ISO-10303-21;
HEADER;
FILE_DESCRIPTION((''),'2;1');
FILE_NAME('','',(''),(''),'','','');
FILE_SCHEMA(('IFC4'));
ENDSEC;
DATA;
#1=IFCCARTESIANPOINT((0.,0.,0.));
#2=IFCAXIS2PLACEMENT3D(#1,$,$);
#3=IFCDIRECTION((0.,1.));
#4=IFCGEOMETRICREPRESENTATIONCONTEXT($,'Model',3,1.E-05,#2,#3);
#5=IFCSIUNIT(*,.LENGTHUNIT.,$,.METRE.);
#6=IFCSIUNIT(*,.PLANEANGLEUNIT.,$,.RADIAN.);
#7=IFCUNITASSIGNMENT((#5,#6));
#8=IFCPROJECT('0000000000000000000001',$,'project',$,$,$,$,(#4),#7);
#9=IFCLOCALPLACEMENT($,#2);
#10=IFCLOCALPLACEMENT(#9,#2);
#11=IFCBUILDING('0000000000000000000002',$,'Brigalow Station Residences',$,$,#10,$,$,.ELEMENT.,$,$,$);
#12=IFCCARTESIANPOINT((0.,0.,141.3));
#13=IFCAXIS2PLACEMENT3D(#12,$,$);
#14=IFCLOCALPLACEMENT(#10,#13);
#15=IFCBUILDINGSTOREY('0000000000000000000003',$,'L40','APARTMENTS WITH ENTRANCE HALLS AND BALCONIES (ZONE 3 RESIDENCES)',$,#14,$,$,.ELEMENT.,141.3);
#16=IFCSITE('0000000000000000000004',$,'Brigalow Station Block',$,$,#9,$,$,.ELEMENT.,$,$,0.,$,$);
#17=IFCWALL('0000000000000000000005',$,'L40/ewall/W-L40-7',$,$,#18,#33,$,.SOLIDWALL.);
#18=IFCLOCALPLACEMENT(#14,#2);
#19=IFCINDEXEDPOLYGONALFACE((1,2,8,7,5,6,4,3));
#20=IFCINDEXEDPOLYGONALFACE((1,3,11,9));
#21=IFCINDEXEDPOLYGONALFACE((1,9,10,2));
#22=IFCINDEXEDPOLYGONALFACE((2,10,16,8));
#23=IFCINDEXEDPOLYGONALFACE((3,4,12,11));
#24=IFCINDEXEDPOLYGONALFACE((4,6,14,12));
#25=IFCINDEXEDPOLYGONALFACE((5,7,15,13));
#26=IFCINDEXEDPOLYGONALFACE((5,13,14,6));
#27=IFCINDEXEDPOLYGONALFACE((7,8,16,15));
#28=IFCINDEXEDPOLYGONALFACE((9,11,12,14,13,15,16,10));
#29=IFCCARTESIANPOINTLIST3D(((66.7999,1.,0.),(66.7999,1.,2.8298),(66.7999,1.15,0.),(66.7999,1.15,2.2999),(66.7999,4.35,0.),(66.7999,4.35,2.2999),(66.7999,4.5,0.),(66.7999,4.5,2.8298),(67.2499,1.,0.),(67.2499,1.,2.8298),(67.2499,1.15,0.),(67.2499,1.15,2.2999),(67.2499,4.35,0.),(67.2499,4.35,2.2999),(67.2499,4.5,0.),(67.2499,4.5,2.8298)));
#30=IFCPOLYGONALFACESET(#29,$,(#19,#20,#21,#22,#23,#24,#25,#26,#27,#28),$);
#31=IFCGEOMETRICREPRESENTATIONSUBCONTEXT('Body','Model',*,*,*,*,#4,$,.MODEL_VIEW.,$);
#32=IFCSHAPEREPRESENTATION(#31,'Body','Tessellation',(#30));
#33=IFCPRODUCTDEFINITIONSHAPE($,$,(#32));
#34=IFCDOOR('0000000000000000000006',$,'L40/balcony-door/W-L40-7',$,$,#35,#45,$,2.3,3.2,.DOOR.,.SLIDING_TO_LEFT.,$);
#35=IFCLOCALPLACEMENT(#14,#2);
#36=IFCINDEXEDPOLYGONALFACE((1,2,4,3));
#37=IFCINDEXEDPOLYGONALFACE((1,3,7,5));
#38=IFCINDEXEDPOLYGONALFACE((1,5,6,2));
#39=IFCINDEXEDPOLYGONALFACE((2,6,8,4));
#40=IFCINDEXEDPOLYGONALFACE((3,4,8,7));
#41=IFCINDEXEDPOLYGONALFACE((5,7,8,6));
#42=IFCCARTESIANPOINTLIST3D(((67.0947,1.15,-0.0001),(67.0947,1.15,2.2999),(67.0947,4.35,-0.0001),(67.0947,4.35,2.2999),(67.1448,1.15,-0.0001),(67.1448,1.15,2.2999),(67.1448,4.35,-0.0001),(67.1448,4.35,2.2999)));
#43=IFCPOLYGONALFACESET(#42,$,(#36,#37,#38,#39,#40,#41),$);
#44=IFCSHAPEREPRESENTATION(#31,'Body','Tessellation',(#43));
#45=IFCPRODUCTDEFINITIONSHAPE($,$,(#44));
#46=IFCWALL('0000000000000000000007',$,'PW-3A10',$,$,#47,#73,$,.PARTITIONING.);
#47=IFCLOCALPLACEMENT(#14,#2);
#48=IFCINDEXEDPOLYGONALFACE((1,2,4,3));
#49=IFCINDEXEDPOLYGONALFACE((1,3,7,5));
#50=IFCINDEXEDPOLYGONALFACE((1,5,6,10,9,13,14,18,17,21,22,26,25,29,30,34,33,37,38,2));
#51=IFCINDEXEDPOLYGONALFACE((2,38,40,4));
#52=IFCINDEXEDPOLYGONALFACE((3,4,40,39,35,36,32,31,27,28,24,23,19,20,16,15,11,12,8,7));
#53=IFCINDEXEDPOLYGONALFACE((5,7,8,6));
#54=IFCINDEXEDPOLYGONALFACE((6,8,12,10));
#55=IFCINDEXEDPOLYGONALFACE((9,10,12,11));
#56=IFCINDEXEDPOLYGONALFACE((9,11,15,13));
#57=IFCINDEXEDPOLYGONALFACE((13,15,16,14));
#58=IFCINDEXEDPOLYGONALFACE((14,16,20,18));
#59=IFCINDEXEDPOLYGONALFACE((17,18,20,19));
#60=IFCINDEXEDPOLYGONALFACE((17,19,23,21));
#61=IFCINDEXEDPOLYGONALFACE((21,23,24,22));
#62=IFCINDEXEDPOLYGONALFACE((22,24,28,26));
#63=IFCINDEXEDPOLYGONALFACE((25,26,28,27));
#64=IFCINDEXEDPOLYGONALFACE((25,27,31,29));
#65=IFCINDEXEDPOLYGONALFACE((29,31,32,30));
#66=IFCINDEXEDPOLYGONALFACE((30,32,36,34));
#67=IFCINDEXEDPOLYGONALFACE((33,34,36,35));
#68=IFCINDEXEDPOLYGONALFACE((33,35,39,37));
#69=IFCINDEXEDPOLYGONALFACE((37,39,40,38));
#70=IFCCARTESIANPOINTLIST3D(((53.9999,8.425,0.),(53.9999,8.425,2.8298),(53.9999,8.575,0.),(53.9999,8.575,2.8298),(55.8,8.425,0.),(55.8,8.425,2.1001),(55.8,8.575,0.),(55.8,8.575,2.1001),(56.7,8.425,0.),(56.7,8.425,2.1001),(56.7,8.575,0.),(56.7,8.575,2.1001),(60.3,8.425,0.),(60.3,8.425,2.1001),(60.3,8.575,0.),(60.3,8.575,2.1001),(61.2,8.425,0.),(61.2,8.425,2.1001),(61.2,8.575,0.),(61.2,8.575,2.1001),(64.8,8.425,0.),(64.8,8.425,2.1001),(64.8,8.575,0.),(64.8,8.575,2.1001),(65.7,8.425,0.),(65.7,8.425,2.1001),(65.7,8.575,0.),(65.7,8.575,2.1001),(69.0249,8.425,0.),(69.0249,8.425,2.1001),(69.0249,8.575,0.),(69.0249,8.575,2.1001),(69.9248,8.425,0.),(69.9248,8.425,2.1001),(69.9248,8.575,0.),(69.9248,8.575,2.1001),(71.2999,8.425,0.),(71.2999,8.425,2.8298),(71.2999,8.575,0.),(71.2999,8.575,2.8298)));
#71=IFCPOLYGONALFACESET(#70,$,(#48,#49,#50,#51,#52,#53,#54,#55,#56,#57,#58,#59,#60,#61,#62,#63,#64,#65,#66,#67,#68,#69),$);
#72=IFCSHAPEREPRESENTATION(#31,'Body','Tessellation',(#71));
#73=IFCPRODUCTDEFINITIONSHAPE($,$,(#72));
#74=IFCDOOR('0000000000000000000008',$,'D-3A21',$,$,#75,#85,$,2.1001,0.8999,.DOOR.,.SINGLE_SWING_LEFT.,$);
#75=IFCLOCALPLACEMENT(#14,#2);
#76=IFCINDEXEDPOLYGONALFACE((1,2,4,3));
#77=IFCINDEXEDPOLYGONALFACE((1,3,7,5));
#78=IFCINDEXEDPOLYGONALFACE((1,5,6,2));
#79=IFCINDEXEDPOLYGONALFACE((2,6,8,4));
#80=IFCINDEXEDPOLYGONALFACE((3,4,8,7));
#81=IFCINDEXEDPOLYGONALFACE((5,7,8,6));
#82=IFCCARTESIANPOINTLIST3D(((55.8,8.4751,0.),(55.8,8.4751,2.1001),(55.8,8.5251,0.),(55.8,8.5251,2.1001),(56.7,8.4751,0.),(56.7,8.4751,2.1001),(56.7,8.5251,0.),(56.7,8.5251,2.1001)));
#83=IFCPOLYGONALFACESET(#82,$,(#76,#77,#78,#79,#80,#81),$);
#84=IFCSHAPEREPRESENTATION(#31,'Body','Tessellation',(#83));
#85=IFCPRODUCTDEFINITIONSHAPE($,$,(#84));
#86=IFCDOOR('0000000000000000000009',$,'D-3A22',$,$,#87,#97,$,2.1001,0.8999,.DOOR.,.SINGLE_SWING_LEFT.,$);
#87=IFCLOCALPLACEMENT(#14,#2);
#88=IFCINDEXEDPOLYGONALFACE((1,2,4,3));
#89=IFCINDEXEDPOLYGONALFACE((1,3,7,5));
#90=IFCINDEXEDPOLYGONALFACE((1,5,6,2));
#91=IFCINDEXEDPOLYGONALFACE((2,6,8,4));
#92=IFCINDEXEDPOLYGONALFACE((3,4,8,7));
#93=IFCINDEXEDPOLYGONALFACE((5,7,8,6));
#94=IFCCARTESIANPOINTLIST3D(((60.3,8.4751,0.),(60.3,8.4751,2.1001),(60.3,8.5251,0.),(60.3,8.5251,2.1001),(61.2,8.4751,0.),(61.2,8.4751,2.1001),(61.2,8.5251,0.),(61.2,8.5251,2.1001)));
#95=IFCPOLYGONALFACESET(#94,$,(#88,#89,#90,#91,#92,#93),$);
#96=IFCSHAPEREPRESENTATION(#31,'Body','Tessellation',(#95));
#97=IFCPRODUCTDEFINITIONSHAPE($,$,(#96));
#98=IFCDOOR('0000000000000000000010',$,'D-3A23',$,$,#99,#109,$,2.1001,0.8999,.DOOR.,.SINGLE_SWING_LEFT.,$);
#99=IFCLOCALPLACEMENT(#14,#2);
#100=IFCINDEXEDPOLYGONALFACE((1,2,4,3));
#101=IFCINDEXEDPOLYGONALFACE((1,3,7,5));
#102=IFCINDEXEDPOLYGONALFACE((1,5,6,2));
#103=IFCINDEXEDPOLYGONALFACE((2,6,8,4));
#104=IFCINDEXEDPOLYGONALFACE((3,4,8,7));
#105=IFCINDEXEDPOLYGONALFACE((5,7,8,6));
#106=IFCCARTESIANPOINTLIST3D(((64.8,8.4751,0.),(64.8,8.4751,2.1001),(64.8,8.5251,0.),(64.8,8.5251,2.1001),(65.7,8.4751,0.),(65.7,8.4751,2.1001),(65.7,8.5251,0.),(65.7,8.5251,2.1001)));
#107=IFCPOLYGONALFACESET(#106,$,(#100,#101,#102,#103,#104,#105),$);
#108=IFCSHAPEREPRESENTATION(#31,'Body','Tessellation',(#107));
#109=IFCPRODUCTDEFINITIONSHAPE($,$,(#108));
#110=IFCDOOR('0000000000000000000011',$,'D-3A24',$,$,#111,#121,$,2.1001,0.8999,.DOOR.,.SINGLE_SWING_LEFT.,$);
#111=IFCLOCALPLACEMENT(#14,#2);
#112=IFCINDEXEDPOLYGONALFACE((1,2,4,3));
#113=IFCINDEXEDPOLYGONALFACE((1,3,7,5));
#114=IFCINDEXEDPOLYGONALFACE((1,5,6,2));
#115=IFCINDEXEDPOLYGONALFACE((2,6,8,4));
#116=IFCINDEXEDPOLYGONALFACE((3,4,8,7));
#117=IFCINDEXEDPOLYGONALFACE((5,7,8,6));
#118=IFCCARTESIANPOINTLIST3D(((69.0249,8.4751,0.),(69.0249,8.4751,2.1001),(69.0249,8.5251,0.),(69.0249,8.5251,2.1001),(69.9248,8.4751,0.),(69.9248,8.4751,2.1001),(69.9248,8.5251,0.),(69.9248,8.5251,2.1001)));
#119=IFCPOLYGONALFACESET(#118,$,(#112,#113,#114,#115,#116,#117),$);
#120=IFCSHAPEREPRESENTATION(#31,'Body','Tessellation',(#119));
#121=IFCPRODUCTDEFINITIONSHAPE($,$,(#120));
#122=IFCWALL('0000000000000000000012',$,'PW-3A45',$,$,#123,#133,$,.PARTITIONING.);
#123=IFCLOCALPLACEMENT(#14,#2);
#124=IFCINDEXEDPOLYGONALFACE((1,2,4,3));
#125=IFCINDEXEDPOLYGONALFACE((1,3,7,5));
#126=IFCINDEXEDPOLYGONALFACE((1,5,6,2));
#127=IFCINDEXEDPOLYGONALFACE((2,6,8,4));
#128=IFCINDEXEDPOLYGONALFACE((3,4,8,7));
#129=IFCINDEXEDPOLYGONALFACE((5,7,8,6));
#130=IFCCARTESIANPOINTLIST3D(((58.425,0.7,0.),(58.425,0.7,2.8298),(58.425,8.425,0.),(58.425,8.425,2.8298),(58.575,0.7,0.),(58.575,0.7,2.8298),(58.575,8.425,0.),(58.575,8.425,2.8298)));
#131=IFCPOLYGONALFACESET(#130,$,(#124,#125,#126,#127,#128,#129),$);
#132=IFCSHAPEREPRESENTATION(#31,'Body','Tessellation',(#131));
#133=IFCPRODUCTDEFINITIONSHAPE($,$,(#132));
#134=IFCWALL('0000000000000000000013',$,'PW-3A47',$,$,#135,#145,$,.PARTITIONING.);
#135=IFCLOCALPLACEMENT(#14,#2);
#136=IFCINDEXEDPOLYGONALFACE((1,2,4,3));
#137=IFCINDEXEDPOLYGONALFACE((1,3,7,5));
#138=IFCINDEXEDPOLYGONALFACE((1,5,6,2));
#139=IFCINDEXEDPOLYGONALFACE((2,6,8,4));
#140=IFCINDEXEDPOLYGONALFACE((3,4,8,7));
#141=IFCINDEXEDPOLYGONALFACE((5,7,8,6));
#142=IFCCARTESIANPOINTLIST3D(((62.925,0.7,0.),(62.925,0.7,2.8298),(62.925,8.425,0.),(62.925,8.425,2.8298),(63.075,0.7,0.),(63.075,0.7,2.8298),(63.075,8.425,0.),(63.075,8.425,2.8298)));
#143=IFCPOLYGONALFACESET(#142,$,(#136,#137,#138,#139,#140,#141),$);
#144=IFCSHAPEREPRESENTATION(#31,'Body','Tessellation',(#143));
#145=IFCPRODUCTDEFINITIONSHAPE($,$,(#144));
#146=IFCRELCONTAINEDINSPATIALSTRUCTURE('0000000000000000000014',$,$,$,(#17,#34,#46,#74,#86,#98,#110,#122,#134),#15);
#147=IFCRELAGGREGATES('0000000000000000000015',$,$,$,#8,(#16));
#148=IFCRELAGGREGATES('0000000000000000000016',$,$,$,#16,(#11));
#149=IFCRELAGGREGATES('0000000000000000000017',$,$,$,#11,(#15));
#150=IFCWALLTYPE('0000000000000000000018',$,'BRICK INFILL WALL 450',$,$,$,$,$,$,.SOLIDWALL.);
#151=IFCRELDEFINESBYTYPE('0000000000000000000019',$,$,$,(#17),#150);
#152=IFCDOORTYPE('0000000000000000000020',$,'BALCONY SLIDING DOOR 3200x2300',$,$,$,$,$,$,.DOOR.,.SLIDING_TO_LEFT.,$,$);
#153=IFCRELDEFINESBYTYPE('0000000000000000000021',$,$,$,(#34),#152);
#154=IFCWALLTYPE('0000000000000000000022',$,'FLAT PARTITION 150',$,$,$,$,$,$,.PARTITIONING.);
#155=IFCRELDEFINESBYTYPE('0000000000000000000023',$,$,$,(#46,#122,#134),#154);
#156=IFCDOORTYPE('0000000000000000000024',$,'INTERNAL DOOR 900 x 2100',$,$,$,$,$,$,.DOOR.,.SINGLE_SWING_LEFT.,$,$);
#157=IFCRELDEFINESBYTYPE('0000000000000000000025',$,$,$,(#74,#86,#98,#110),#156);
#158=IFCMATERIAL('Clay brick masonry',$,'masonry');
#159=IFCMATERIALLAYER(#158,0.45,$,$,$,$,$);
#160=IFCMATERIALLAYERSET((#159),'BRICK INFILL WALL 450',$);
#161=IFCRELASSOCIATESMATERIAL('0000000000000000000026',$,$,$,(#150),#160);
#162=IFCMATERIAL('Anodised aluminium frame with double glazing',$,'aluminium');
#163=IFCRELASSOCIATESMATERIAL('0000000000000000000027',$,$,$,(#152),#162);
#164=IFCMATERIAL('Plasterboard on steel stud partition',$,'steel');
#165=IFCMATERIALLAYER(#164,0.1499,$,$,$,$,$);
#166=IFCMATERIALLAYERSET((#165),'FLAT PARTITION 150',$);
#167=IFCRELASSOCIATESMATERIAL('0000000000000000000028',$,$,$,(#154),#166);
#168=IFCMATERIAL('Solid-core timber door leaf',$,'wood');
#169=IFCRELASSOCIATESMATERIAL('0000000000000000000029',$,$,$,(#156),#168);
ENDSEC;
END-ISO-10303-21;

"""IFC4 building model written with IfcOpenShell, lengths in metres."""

from ifc_helpers import new_model, si_unit, direction, frame, frame_2d, origin, place, context, subcontext, project, spatial, rectangle, extrude, material, layer, layer_set, type_object, element, fill, save


model = new_model("IFC4")

# Units and contexts
model_context = context("Model", 3, precision=1e-05, world=origin(), true_north=direction((0.0, 1.0)))
body_context = subcontext(model_context, "Body", "Model", "MODEL_VIEW")
ifc_project = project(units=[si_unit("LENGTHUNIT", "METRE"), si_unit("PLANEANGLEUNIT", "RADIAN")], contexts=[model_context])

# Site, building, storey
site_placement = place(None, origin())
site = spatial("IfcSite", under=ifc_project, at=site_placement, Name="Brigalow Station Block", CompositionType="ELEMENT", RefElevation=0.0)
building_placement = place(site_placement, origin())
building = spatial("IfcBuilding", under=site, at=building_placement, Name="Brigalow Station Residences", CompositionType="ELEMENT")
storey_placement = place(building_placement, frame((0.0, 0.0, 141.3)))
storey = spatial("IfcBuildingStorey", under=building, at=storey_placement, Name="L40", Description="APARTMENTS WITH ENTRANCE HALLS AND BALCONIES (ZONE 3 RESIDENCES)", CompositionType="ELEMENT", Elevation=141.3)

# Shared definitions
ifc_material_1 = material(Name="Clay brick masonry", Category="masonry")
ifc_layer_1 = layer(ifc_material_1, 0.45)
ifc_layer_set_1 = layer_set([ifc_layer_1], Name="BRICK INFILL WALL 450")
wall_type_1 = type_object("IfcWallType", Name="BRICK INFILL WALL 450", PredefinedType="SOLIDWALL", material=ifc_layer_set_1)

# Wall, opening, door
wall_1_placement = place(storey_placement, frame((67.0249, 1.0, 0.0), z_axis=(0.0, 0.0, 1.0), x_axis=(0.0, 1.0, 0.0)))
wall_1 = element("IfcWall", 1, at=wall_1_placement, inside=storey, type_object=wall_type_1, Name="L40/ewall/W-L40-7", PredefinedType="SOLIDWALL", context=body_context, shape_type="SweptSolid", body=[
    extrude(rectangle(XDim=3.5, YDim=0.45, at=frame_2d((1.75, 0.0))), origin(), (0.0, 0.0, 1.0), 2.8298),
])
opening_1_placement = place(wall_1_placement, frame((0.1499, 0.0, 0.0)))
opening_1 = element("IfcOpeningElement", 2, at=opening_1_placement, cuts=wall_1, PredefinedType="OPENING", context=body_context, shape_type="SweptSolid", body=[
    extrude(rectangle(XDim=3.2, YDim=2.3, at=frame_2d((1.6001, 1.1499))), frame((0.0, 0.2349, 0.0), z_axis=(0.0, -1.0, 0.0), x_axis=(1.0, 0.0, 0.0)), (0.0, 0.0, 1.0), 0.47),
])
ifc_material_2 = material(Name="Anodised aluminium frame with double glazing", Category="aluminium")
door_type_1 = type_object("IfcDoorType", Name="BALCONY SLIDING DOOR 3200x2300", OperationType="SLIDING_TO_LEFT", PredefinedType="DOOR", material=ifc_material_2)
door_1_placement = place(opening_1_placement, origin())
door_1 = element("IfcDoor", 3, at=door_1_placement, inside=storey, type_object=door_type_1, Name="L40/balcony-door/W-L40-7", OperationType="SLIDING_TO_LEFT", OverallHeight=2.3, OverallWidth=3.2, PredefinedType="DOOR", context=body_context, shape_type="SweptSolid", body=[
    extrude(rectangle(XDim=3.2, YDim=2.3, at=frame_2d((1.6001, 1.1499))), frame((0.0, -0.0698, 0.0), z_axis=(0.0, -1.0, 0.0), x_axis=(1.0, 0.0, 0.0)), (0.0, 0.0, 1.0), 0.05),
])
fill(opening_1, door_1)

# Wall, openings, doors
ifc_material_3 = material(Name="Plasterboard on steel stud partition", Category="steel")
ifc_layer_2 = layer(ifc_material_3, 0.1499)
ifc_layer_set_2 = layer_set([ifc_layer_2], Name="FLAT PARTITION 150")
wall_type_2 = type_object("IfcWallType", Name="FLAT PARTITION 150", PredefinedType="PARTITIONING", material=ifc_layer_set_2)
wall_2_placement = place(storey_placement, frame((54.0, 8.5, 0.0), z_axis=(0.0, 0.0, 1.0), x_axis=(1.0, 0.0, 0.0)))
wall_2 = element("IfcWall", 4, at=wall_2_placement, inside=storey, type_object=wall_type_2, Name="PW-3A10", PredefinedType="PARTITIONING", context=body_context, shape_type="SweptSolid", body=[
    extrude(rectangle(XDim=17.3, YDim=0.1499, at=frame_2d((8.6499, 0.0))), origin(), (0.0, 0.0, 1.0), 2.8298),
])
opening_2_placement = place(wall_2_placement, frame((1.8, 0.0, 0.0)))
opening_2 = element("IfcOpeningElement", 5, at=opening_2_placement, cuts=wall_2, PredefinedType="OPENING", context=body_context, shape_type="SweptSolid", body=[
    extrude(rectangle(XDim=0.8999, YDim=2.1001, at=frame_2d((0.45, 1.05))), frame((0.0, 0.085, 0.0), z_axis=(0.0, -1.0, 0.0), x_axis=(1.0, 0.0, 0.0)), (0.0, 0.0, 1.0), 0.1699),
])
opening_3_placement = place(wall_2_placement, frame((6.3, 0.0, 0.0)))
opening_3 = element("IfcOpeningElement", 6, at=opening_3_placement, cuts=wall_2, PredefinedType="OPENING", context=body_context, shape_type="SweptSolid", body=[
    extrude(rectangle(XDim=0.8999, YDim=2.1001, at=frame_2d((0.45, 1.05))), frame((0.0, 0.085, 0.0), z_axis=(0.0, -1.0, 0.0), x_axis=(1.0, 0.0, 0.0)), (0.0, 0.0, 1.0), 0.1699),
])
opening_4_placement = place(wall_2_placement, frame((10.8, 0.0, 0.0)))
opening_4 = element("IfcOpeningElement", 7, at=opening_4_placement, cuts=wall_2, PredefinedType="OPENING", context=body_context, shape_type="SweptSolid", body=[
    extrude(rectangle(XDim=0.8999, YDim=2.1001, at=frame_2d((0.45, 1.05))), frame((0.0, 0.085, 0.0), z_axis=(0.0, -1.0, 0.0), x_axis=(1.0, 0.0, 0.0)), (0.0, 0.0, 1.0), 0.1699),
])
opening_5_placement = place(wall_2_placement, frame((15.0249, 0.0, 0.0)))
opening_5 = element("IfcOpeningElement", 8, at=opening_5_placement, cuts=wall_2, PredefinedType="OPENING", context=body_context, shape_type="SweptSolid", body=[
    extrude(rectangle(XDim=0.8999, YDim=2.1001, at=frame_2d((0.45, 1.05))), frame((0.0, 0.085, 0.0), z_axis=(0.0, -1.0, 0.0), x_axis=(1.0, 0.0, 0.0)), (0.0, 0.0, 1.0), 0.1699),
])
ifc_material_4 = material(Name="Solid-core timber door leaf", Category="wood")
door_type_2 = type_object("IfcDoorType", Name="INTERNAL DOOR 900 x 2100", OperationType="SINGLE_SWING_LEFT", PredefinedType="DOOR", material=ifc_material_4)
door_2_placement = place(opening_2_placement, frame((0.8999, 0.0, 0.0), z_axis=(0.0, 0.0, 1.0), x_axis=(-1.0, 0.0, 0.0)))
door_2 = element("IfcDoor", 9, at=door_2_placement, inside=storey, type_object=door_type_2, Name="D-3A21", OperationType="SINGLE_SWING_LEFT", OverallHeight=2.1001, OverallWidth=0.8999, PredefinedType="DOOR", context=body_context, shape_type="SweptSolid", body=[
    extrude(rectangle(XDim=0.8999, YDim=2.1001, at=frame_2d((0.45, 1.05))), frame((0.0, 0.0249, 0.0), z_axis=(0.0, -1.0, 0.0), x_axis=(1.0, 0.0, 0.0)), (0.0, 0.0, 1.0), 0.05),
])
fill(opening_2, door_2)
door_3_placement = place(opening_3_placement, frame((0.8999, 0.0, 0.0), z_axis=(0.0, 0.0, 1.0), x_axis=(-1.0, 0.0, 0.0)))
door_3 = element("IfcDoor", 10, at=door_3_placement, inside=storey, type_object=door_type_2, Name="D-3A22", OperationType="SINGLE_SWING_LEFT", OverallHeight=2.1001, OverallWidth=0.8999, PredefinedType="DOOR", context=body_context, shape_type="SweptSolid", body=[
    extrude(rectangle(XDim=0.8999, YDim=2.1001, at=frame_2d((0.45, 1.05))), frame((0.0, 0.0249, 0.0), z_axis=(0.0, -1.0, 0.0), x_axis=(1.0, 0.0, 0.0)), (0.0, 0.0, 1.0), 0.05),
])
fill(opening_3, door_3)
door_4_placement = place(opening_4_placement, frame((0.8999, 0.0, 0.0), z_axis=(0.0, 0.0, 1.0), x_axis=(-1.0, 0.0, 0.0)))
door_4 = element("IfcDoor", 11, at=door_4_placement, inside=storey, type_object=door_type_2, Name="D-3A23", OperationType="SINGLE_SWING_LEFT", OverallHeight=2.1001, OverallWidth=0.8999, PredefinedType="DOOR", context=body_context, shape_type="SweptSolid", body=[
    extrude(rectangle(XDim=0.8999, YDim=2.1001, at=frame_2d((0.45, 1.05))), frame((0.0, 0.0249, 0.0), z_axis=(0.0, -1.0, 0.0), x_axis=(1.0, 0.0, 0.0)), (0.0, 0.0, 1.0), 0.05),
])
fill(opening_4, door_4)
door_5_placement = place(opening_5_placement, frame((0.8999, 0.0, 0.0), z_axis=(0.0, 0.0, 1.0), x_axis=(-1.0, 0.0, 0.0)))
door_5 = element("IfcDoor", 12, at=door_5_placement, inside=storey, type_object=door_type_2, Name="D-3A24", OperationType="SINGLE_SWING_LEFT", OverallHeight=2.1001, OverallWidth=0.8999, PredefinedType="DOOR", context=body_context, shape_type="SweptSolid", body=[
    extrude(rectangle(XDim=0.8999, YDim=2.1001, at=frame_2d((0.45, 1.05))), frame((0.0, 0.0249, 0.0), z_axis=(0.0, -1.0, 0.0), x_axis=(1.0, 0.0, 0.0)), (0.0, 0.0, 1.0), 0.05),
])
fill(opening_5, door_5)

# Walls
for number, where, z_axis, x_axis, name in (
    (13, (58.5, 0.7, 0.0), (0.0, 0.0, 1.0), (0.0, 1.0, 0.0), "PW-3A45"),
    (14, (63.0, 0.7, 0.0), (0.0, 0.0, 1.0), (0.0, 1.0, 0.0), "PW-3A47"),
):
    element("IfcWall", number, at=place(storey_placement, frame(where, z_axis=z_axis, x_axis=x_axis)), inside=storey, type_object=wall_type_2, Name=name, PredefinedType="PARTITIONING", context=body_context, shape_type="SweptSolid", body=[
        extrude(rectangle(XDim=7.7251, YDim=0.1499, at=frame_2d((3.8625, 0.0))), origin(), (0.0, 0.0, 1.0), 2.8298),
    ])

save(model, "model.ifc")
